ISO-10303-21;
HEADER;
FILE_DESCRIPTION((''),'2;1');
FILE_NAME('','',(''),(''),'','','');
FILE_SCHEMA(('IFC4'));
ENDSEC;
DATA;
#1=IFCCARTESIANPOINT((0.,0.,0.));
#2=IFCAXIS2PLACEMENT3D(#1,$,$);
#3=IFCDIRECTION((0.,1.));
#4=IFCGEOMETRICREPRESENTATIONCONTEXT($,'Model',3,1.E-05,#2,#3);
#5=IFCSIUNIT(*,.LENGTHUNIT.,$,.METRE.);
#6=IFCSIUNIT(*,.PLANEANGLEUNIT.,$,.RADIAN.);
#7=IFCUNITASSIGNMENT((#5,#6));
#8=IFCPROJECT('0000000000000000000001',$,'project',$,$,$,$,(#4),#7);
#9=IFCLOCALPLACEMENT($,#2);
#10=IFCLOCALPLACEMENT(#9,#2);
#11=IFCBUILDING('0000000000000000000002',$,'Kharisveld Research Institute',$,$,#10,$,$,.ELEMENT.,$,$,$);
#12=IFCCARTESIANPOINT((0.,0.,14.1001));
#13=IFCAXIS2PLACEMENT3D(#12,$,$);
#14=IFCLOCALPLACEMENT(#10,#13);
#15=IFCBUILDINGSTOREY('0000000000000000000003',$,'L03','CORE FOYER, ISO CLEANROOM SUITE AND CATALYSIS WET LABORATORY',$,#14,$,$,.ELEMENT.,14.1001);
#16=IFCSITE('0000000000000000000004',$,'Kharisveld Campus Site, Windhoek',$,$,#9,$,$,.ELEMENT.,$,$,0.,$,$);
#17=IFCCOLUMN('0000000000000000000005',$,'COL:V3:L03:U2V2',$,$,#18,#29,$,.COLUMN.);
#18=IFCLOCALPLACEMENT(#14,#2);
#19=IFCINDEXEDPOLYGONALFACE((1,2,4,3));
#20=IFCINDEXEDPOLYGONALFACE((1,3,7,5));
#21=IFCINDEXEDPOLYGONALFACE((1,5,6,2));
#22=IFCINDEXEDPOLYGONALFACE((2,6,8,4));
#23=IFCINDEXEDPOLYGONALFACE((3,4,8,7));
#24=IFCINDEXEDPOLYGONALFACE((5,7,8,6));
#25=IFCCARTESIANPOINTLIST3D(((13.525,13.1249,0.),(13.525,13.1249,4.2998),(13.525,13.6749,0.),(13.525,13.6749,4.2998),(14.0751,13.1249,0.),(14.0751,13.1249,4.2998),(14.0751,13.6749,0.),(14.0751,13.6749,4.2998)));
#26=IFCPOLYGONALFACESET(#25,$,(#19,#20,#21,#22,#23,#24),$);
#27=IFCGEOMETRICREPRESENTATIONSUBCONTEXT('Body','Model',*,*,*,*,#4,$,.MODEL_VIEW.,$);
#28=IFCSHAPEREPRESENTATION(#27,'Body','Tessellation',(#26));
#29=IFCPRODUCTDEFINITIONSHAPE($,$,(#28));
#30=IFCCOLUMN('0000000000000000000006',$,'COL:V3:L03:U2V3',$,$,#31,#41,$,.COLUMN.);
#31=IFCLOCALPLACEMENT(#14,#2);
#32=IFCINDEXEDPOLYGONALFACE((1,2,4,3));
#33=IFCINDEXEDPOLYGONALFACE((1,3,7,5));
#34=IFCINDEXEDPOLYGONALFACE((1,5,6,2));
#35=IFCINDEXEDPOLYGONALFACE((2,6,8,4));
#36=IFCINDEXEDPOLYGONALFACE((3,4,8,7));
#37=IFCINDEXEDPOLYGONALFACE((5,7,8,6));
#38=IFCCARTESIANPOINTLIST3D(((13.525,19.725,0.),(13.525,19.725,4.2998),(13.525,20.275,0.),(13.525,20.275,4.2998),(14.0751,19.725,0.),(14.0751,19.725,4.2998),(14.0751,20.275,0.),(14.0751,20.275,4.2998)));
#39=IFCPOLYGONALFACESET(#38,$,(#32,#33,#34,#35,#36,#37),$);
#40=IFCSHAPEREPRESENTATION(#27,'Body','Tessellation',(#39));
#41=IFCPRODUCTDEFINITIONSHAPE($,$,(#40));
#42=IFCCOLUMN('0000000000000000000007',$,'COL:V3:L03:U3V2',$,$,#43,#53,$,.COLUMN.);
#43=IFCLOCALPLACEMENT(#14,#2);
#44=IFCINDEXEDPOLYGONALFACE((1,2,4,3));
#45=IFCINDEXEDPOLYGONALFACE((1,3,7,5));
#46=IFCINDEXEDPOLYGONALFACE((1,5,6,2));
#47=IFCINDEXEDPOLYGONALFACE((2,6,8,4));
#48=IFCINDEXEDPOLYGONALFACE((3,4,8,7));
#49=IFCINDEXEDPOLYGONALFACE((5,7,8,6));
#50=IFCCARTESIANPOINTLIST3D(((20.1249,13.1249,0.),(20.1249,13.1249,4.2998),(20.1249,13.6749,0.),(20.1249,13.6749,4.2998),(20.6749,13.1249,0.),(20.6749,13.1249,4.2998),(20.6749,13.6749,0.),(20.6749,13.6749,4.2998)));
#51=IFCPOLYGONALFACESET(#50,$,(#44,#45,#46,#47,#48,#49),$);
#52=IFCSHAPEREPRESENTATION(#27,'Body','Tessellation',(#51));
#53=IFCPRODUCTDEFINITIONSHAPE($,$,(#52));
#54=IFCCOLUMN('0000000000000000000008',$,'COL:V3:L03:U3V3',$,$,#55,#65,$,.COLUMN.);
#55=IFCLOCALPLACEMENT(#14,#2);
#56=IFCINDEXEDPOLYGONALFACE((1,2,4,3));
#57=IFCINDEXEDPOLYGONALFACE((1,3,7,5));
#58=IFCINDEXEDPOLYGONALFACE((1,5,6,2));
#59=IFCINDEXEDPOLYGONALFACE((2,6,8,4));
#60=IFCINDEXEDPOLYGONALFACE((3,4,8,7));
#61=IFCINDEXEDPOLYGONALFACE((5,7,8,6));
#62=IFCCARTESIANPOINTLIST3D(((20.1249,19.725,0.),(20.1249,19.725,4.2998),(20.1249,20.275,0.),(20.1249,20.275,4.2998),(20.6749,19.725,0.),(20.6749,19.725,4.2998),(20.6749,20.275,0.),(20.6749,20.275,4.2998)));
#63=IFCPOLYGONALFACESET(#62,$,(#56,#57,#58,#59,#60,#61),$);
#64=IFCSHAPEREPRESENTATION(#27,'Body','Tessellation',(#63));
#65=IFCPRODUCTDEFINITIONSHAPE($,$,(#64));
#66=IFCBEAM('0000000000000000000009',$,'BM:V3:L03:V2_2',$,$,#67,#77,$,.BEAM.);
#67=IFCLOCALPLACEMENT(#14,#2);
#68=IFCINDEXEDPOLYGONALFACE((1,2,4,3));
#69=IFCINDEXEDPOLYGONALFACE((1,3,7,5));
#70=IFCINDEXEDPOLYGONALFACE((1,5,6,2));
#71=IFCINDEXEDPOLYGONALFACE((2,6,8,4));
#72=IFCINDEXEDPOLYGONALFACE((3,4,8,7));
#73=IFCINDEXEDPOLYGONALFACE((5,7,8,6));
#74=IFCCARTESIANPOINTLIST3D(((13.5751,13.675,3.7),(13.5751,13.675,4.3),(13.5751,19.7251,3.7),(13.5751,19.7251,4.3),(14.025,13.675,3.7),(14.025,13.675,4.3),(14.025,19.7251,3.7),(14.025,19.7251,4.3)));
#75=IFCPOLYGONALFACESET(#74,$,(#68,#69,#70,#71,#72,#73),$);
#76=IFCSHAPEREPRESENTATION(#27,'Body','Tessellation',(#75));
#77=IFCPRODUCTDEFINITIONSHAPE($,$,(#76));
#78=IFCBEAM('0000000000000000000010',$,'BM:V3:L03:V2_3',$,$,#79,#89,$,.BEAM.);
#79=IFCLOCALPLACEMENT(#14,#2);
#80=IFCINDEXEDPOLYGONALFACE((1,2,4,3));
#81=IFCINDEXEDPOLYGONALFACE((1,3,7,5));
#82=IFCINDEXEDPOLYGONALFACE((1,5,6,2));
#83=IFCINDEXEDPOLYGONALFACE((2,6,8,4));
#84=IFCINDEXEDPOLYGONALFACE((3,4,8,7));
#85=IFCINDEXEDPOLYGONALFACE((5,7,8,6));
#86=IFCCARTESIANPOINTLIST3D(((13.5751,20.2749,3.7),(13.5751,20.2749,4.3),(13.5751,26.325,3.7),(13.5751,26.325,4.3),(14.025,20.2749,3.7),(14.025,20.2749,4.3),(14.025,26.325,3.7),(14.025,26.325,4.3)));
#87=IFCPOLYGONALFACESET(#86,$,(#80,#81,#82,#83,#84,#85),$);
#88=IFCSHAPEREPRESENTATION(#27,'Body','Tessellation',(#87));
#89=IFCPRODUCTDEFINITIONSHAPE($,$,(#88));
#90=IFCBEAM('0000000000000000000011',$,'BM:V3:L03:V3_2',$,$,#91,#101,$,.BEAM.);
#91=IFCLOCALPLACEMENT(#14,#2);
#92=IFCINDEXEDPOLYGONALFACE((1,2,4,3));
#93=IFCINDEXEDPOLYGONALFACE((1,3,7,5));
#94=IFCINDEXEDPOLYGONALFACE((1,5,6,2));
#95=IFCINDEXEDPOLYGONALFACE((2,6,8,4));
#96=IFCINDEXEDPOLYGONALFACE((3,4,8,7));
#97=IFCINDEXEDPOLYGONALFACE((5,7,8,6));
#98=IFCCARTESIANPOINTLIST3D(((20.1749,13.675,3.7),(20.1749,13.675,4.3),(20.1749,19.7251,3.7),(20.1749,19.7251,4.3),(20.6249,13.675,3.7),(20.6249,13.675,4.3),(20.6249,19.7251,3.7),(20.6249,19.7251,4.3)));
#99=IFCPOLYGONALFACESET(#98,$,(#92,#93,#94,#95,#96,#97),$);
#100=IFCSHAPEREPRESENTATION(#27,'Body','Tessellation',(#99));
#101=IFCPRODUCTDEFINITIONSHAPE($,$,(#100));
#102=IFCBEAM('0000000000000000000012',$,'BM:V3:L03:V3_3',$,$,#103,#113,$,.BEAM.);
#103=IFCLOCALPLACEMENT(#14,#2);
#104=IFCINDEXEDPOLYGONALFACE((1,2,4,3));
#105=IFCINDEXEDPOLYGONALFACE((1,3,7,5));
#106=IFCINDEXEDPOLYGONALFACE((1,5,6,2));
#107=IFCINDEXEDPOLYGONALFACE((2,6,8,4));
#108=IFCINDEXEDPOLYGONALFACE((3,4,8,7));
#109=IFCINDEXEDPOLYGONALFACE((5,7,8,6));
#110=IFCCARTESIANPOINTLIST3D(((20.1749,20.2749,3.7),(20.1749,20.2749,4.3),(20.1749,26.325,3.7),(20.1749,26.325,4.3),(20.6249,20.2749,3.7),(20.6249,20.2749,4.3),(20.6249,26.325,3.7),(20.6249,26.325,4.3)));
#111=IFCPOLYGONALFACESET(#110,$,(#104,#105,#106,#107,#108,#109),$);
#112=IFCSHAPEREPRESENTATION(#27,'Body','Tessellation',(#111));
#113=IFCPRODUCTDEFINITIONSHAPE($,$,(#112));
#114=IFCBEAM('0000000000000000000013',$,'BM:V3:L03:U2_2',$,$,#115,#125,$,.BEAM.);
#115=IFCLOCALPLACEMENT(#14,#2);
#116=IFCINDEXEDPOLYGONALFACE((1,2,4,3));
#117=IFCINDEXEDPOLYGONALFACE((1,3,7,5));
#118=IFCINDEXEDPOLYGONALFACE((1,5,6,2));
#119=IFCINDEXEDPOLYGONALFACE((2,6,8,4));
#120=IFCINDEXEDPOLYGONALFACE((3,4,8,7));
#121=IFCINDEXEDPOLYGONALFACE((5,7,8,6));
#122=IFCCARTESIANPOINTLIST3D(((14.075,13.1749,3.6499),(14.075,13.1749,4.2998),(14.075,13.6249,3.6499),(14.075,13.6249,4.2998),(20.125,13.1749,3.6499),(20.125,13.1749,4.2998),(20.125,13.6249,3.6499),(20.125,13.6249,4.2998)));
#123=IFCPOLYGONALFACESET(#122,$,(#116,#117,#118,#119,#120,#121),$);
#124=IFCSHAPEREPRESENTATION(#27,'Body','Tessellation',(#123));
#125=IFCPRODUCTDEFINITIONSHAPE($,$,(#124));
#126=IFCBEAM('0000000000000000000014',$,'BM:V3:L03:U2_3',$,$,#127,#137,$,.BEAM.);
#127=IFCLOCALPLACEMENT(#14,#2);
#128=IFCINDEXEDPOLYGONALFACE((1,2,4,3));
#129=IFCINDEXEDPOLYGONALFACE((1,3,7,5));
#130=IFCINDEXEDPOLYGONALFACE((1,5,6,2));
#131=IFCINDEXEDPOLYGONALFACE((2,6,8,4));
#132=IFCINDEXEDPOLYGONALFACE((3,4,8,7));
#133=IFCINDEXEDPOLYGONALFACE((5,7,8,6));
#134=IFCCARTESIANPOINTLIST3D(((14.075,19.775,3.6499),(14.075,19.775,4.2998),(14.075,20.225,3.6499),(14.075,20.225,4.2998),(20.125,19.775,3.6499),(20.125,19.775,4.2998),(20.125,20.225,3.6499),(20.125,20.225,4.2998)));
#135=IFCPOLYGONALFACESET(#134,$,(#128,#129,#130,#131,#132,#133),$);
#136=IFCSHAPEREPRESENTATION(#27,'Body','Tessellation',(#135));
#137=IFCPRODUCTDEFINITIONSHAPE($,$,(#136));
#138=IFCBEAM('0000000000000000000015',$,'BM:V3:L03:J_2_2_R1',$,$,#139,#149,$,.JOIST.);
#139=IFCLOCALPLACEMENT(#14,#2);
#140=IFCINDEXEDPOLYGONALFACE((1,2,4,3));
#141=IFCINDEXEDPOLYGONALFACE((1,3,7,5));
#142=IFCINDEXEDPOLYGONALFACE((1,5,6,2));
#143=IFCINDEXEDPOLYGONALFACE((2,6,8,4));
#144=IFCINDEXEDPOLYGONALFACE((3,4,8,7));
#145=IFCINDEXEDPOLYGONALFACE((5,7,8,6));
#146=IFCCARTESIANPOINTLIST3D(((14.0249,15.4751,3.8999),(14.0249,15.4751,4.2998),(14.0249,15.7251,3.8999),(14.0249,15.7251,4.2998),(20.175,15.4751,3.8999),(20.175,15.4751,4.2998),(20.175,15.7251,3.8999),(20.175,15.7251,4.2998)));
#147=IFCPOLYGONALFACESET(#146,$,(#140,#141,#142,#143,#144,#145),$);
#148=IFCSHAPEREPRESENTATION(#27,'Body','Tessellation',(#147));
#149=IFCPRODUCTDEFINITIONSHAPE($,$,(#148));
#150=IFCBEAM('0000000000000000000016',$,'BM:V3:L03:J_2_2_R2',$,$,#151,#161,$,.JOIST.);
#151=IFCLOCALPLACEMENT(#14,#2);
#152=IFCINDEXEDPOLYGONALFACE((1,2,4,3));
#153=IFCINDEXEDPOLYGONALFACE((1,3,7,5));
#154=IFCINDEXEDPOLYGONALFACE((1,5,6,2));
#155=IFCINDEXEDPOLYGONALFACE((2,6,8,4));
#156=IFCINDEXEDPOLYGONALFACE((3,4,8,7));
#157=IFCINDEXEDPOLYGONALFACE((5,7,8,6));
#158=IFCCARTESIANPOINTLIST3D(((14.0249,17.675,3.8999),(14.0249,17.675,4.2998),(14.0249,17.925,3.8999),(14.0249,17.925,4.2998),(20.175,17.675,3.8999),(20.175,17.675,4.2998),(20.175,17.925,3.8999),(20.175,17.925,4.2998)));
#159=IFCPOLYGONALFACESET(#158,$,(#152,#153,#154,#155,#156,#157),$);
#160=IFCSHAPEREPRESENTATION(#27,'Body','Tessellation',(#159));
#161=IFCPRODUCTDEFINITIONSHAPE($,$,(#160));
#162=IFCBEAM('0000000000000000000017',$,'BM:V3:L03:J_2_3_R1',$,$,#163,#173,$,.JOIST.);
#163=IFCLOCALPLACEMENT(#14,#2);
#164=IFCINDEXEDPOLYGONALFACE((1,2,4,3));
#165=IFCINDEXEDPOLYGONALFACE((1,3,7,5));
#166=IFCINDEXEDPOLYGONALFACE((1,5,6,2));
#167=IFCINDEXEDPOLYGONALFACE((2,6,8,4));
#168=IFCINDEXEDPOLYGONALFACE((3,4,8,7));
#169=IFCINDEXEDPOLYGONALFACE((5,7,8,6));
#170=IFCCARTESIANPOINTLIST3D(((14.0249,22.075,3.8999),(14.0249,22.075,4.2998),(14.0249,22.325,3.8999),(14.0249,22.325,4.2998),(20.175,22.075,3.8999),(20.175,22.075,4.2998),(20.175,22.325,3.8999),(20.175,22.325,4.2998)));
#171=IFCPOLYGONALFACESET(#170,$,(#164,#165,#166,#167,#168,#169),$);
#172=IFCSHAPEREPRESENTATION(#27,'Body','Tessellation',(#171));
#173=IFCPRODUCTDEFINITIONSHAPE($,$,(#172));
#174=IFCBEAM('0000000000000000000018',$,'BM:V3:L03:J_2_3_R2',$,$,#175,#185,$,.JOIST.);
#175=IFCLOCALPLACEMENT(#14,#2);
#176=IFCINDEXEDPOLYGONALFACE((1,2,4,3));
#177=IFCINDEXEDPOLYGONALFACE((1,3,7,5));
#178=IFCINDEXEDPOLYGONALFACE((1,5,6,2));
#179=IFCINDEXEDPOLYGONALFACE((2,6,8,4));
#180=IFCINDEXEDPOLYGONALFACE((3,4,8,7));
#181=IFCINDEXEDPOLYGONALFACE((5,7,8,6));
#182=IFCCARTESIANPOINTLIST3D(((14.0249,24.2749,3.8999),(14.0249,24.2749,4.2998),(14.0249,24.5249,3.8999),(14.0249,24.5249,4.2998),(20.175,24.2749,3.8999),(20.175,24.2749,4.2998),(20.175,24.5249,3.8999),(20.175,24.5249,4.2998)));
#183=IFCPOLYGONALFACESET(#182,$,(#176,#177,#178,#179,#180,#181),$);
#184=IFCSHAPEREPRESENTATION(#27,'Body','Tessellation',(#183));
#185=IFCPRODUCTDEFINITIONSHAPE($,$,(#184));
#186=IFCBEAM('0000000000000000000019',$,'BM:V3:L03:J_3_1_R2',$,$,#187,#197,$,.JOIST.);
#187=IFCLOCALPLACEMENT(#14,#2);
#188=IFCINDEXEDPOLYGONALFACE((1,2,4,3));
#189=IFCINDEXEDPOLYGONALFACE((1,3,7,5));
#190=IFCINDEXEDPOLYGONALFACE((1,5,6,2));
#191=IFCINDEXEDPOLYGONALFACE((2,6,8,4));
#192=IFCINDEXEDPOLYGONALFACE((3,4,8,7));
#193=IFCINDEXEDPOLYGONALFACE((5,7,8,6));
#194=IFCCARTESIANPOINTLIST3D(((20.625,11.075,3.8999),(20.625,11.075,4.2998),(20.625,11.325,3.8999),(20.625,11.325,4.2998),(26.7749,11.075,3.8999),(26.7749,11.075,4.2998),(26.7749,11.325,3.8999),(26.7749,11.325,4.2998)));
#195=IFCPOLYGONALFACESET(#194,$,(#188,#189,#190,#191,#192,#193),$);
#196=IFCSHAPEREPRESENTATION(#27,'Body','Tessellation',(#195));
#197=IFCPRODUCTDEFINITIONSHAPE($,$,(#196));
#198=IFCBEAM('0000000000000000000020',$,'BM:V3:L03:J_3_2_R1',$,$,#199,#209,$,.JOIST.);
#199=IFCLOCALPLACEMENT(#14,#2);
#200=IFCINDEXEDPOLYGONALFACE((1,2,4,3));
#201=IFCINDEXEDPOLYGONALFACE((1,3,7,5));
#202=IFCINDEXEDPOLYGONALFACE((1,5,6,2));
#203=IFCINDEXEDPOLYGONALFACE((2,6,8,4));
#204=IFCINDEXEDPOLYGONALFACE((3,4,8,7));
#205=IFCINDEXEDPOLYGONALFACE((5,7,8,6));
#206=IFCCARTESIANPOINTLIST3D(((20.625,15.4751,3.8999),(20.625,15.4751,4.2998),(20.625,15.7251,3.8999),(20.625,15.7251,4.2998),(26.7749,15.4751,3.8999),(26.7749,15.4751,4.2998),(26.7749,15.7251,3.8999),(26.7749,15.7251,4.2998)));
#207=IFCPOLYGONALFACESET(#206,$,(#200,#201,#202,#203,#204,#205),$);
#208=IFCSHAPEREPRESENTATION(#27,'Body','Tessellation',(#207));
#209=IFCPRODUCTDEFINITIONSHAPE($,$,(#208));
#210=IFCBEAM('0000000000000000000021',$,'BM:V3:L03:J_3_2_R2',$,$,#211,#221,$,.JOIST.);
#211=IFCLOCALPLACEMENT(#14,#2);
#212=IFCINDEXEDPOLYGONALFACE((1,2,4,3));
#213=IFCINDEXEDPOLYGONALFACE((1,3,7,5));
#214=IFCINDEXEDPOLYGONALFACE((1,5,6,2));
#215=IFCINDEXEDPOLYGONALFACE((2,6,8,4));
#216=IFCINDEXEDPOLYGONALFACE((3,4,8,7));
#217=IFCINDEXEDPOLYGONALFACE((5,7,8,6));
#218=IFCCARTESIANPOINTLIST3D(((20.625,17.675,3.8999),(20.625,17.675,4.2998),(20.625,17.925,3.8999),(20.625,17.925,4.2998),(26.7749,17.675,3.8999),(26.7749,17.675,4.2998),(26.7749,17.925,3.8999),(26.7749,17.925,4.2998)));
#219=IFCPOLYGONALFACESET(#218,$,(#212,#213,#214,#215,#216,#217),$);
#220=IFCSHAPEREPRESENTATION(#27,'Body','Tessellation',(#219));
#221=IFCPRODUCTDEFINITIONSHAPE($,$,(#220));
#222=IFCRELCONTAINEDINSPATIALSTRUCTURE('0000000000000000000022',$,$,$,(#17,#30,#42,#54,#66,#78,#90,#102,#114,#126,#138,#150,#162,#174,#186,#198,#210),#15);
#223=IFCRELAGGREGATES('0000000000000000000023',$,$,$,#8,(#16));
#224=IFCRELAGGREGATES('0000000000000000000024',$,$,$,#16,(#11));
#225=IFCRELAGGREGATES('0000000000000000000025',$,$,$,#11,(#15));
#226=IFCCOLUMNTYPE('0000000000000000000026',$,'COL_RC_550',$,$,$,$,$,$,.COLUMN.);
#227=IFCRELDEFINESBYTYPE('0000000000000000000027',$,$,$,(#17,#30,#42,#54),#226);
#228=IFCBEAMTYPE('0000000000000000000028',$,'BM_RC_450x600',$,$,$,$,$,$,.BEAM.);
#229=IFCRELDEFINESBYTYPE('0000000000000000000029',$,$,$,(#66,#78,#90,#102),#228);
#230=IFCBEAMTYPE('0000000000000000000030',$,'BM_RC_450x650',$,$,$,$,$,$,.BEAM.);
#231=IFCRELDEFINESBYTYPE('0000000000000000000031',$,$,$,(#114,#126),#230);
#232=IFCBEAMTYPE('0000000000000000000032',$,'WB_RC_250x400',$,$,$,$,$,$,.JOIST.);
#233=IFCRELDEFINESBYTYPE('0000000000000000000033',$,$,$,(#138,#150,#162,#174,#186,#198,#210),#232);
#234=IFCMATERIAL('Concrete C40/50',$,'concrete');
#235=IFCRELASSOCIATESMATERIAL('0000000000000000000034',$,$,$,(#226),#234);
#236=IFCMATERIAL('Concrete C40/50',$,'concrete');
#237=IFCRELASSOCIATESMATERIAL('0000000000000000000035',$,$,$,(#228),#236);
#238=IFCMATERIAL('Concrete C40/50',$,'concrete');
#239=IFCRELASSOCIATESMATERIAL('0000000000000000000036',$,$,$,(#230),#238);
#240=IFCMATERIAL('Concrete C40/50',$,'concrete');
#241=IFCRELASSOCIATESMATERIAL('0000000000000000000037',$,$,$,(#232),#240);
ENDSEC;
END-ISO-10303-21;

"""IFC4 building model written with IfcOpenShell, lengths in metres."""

from ifc_helpers import new_model, si_unit, direction, frame, origin, origin_2d, place, context, subcontext, project, spatial, rectangle, extrude, material, material_profile, profile_set, type_object, element, save


model = new_model("IFC4")

# Units and contexts
model_context = context("Model", 3, precision=1e-05, world=origin(), true_north=direction((0.0, 1.0)))
body_context = subcontext(model_context, "Body", "Model", "MODEL_VIEW")
ifc_project = project(units=[si_unit("LENGTHUNIT", "METRE"), si_unit("PLANEANGLEUNIT", "RADIAN")], contexts=[model_context])

# Site, building, storey
site_placement = place(None, origin())
site = spatial("IfcSite", under=ifc_project, at=site_placement, Name="Kharisveld Campus Site, Windhoek", CompositionType="ELEMENT", RefElevation=0.0)
building_placement = place(site_placement, origin())
building = spatial("IfcBuilding", under=site, at=building_placement, Name="Kharisveld Research Institute", CompositionType="ELEMENT")
storey_placement = place(building_placement, frame((0.0, 0.0, 14.1001)))
storey = spatial("IfcBuildingStorey", under=building, at=storey_placement, Name="L03", Description="CORE FOYER, ISO CLEANROOM SUITE AND CATALYSIS WET LABORATORY", CompositionType="ELEMENT", Elevation=14.1001)

# Columns
ifc_material_1 = material(Name="Concrete C40/50", Category="concrete")
ifc_material_profile_1 = material_profile(ifc_material_1, rectangle(XDim=0.55, YDim=0.55, at=origin_2d()))
ifc_profile_set_1 = profile_set([ifc_material_profile_1], Name="Concrete C40/50")
column_type = type_object("IfcColumnType", Name="COL_RC_550", PredefinedType="COLUMN", material=ifc_profile_set_1)
for number, where, z_axis, x_axis, name in (
    (1, (13.8, 13.3999, 0.0), (0.0, 0.0, 1.0), (1.0, 0.0, 0.0), "COL:V3:L03:U2V2"),
    (2, (13.8, 20.0, 0.0), (0.0, 0.0, 1.0), (1.0, 0.0, 0.0), "COL:V3:L03:U2V3"),
    (3, (20.3999, 13.3999, 0.0), (0.0, 0.0, 1.0), (1.0, 0.0, 0.0), "COL:V3:L03:U3V2"),
    (4, (20.3999, 20.0, 0.0), (0.0, 0.0, 1.0), (1.0, 0.0, 0.0), "COL:V3:L03:U3V3"),
):
    element("IfcColumn", number, at=place(storey_placement, frame(where, z_axis=z_axis, x_axis=x_axis)), inside=storey, type_object=column_type, Name=name, PredefinedType="COLUMN", context=body_context, shape_type="SweptSolid", body=[
        extrude(rectangle(XDim=0.55, YDim=0.55, at=origin_2d()), origin(), (0.0, 0.0, 1.0), 4.2998),
    ])

# Beams
ifc_material_2 = material(Name="Concrete C40/50", Category="concrete")
ifc_material_profile_2 = material_profile(ifc_material_2, rectangle(XDim=0.45, YDim=0.6001, at=origin_2d()))
ifc_profile_set_2 = profile_set([ifc_material_profile_2], Name="Concrete C40/50")
beam_type_1 = type_object("IfcBeamType", Name="BM_RC_450x600", PredefinedType="BEAM", material=ifc_profile_set_2)
for number, where, z_axis, x_axis, name in (
    (5, (13.8, 13.675, 4.0), (0.0, 1.0, 0.0), (-1.0, 0.0, 0.0), "BM:V3:L03:V2_2"),
    (6, (13.8, 20.2749, 4.0), (0.0, 1.0, 0.0), (-1.0, 0.0, 0.0), "BM:V3:L03:V2_3"),
    (7, (20.3999, 13.675, 4.0), (0.0, 1.0, 0.0), (-1.0, 0.0, 0.0), "BM:V3:L03:V3_2"),
    (8, (20.3999, 20.2749, 4.0), (0.0, 1.0, 0.0), (-1.0, 0.0, 0.0), "BM:V3:L03:V3_3"),
):
    element("IfcBeam", number, at=place(storey_placement, frame(where, z_axis=z_axis, x_axis=x_axis)), inside=storey, type_object=beam_type_1, Name=name, PredefinedType="BEAM", context=body_context, shape_type="SweptSolid", body=[
        extrude(rectangle(XDim=0.45, YDim=0.6001, at=origin_2d()), origin(), (0.0, 0.0, 1.0), 6.05),
    ])
ifc_material_3 = material(Name="Concrete C40/50", Category="concrete")
ifc_material_profile_3 = material_profile(ifc_material_3, rectangle(XDim=0.45, YDim=0.6499, at=origin_2d()))
ifc_profile_set_3 = profile_set([ifc_material_profile_3], Name="Concrete C40/50")
beam_type_2 = type_object("IfcBeamType", Name="BM_RC_450x650", PredefinedType="BEAM", material=ifc_profile_set_3)
for number, where, z_axis, x_axis, name in (
    (9, (14.075, 13.3999, 3.9749), (1.0, 0.0, 0.0), (0.0, 1.0, 0.0), "BM:V3:L03:U2_2"),
    (10, (14.075, 20.0, 3.9749), (1.0, 0.0, 0.0), (0.0, 1.0, 0.0), "BM:V3:L03:U2_3"),
):
    element("IfcBeam", number, at=place(storey_placement, frame(where, z_axis=z_axis, x_axis=x_axis)), inside=storey, type_object=beam_type_2, Name=name, PredefinedType="BEAM", context=body_context, shape_type="SweptSolid", body=[
        extrude(rectangle(XDim=0.45, YDim=0.6499, at=origin_2d()), origin(), (0.0, 0.0, 1.0), 6.05),
    ])
ifc_material_4 = material(Name="Concrete C40/50", Category="concrete")
ifc_material_profile_4 = material_profile(ifc_material_4, rectangle(XDim=0.25, YDim=0.3999, at=origin_2d()))
ifc_profile_set_4 = profile_set([ifc_material_profile_4], Name="Concrete C40/50")
beam_type_3 = type_object("IfcBeamType", Name="WB_RC_250x400", PredefinedType="JOIST", material=ifc_profile_set_4)
for number, where, z_axis, x_axis, name in (
    (11, (14.0249, 15.6001, 4.0999), (1.0, 0.0, 0.0), (0.0, 1.0, 0.0), "BM:V3:L03:J_2_2_R1"),
    (12, (14.0249, 17.8, 4.0999), (1.0, 0.0, 0.0), (0.0, 1.0, 0.0), "BM:V3:L03:J_2_2_R2"),
    (13, (14.0249, 22.2, 4.0999), (1.0, 0.0, 0.0), (0.0, 1.0, 0.0), "BM:V3:L03:J_2_3_R1"),
    (14, (14.0249, 24.3999, 4.0999), (1.0, 0.0, 0.0), (0.0, 1.0, 0.0), "BM:V3:L03:J_2_3_R2"),
):
    element("IfcBeam", number, at=place(storey_placement, frame(where, z_axis=z_axis, x_axis=x_axis)), inside=storey, type_object=beam_type_3, Name=name, PredefinedType="JOIST", context=body_context, shape_type="SweptSolid", body=[
        extrude(rectangle(XDim=0.25, YDim=0.3999, at=origin_2d()), origin(), (0.0, 0.0, 1.0), 6.1501),
    ])
for number, where, z_axis, x_axis, name in (
    (15, (20.625, 11.2, 4.0999), (1.0, 0.0, 0.0), (0.0, 1.0, 0.0), "BM:V3:L03:J_3_1_R2"),
    (16, (20.625, 15.6001, 4.0999), (1.0, 0.0, 0.0), (0.0, 1.0, 0.0), "BM:V3:L03:J_3_2_R1"),
    (17, (20.625, 17.8, 4.0999), (1.0, 0.0, 0.0), (0.0, 1.0, 0.0), "BM:V3:L03:J_3_2_R2"),
):
    element("IfcBeam", number, at=place(storey_placement, frame(where, z_axis=z_axis, x_axis=x_axis)), inside=storey, type_object=beam_type_3, Name=name, PredefinedType="JOIST", context=body_context, shape_type="SweptSolid", body=[
        extrude(rectangle(XDim=0.25, YDim=0.3999, at=origin_2d()), origin(), (0.0, 0.0, 1.0), 6.1499),
    ])

save(model, "model.ifc")
